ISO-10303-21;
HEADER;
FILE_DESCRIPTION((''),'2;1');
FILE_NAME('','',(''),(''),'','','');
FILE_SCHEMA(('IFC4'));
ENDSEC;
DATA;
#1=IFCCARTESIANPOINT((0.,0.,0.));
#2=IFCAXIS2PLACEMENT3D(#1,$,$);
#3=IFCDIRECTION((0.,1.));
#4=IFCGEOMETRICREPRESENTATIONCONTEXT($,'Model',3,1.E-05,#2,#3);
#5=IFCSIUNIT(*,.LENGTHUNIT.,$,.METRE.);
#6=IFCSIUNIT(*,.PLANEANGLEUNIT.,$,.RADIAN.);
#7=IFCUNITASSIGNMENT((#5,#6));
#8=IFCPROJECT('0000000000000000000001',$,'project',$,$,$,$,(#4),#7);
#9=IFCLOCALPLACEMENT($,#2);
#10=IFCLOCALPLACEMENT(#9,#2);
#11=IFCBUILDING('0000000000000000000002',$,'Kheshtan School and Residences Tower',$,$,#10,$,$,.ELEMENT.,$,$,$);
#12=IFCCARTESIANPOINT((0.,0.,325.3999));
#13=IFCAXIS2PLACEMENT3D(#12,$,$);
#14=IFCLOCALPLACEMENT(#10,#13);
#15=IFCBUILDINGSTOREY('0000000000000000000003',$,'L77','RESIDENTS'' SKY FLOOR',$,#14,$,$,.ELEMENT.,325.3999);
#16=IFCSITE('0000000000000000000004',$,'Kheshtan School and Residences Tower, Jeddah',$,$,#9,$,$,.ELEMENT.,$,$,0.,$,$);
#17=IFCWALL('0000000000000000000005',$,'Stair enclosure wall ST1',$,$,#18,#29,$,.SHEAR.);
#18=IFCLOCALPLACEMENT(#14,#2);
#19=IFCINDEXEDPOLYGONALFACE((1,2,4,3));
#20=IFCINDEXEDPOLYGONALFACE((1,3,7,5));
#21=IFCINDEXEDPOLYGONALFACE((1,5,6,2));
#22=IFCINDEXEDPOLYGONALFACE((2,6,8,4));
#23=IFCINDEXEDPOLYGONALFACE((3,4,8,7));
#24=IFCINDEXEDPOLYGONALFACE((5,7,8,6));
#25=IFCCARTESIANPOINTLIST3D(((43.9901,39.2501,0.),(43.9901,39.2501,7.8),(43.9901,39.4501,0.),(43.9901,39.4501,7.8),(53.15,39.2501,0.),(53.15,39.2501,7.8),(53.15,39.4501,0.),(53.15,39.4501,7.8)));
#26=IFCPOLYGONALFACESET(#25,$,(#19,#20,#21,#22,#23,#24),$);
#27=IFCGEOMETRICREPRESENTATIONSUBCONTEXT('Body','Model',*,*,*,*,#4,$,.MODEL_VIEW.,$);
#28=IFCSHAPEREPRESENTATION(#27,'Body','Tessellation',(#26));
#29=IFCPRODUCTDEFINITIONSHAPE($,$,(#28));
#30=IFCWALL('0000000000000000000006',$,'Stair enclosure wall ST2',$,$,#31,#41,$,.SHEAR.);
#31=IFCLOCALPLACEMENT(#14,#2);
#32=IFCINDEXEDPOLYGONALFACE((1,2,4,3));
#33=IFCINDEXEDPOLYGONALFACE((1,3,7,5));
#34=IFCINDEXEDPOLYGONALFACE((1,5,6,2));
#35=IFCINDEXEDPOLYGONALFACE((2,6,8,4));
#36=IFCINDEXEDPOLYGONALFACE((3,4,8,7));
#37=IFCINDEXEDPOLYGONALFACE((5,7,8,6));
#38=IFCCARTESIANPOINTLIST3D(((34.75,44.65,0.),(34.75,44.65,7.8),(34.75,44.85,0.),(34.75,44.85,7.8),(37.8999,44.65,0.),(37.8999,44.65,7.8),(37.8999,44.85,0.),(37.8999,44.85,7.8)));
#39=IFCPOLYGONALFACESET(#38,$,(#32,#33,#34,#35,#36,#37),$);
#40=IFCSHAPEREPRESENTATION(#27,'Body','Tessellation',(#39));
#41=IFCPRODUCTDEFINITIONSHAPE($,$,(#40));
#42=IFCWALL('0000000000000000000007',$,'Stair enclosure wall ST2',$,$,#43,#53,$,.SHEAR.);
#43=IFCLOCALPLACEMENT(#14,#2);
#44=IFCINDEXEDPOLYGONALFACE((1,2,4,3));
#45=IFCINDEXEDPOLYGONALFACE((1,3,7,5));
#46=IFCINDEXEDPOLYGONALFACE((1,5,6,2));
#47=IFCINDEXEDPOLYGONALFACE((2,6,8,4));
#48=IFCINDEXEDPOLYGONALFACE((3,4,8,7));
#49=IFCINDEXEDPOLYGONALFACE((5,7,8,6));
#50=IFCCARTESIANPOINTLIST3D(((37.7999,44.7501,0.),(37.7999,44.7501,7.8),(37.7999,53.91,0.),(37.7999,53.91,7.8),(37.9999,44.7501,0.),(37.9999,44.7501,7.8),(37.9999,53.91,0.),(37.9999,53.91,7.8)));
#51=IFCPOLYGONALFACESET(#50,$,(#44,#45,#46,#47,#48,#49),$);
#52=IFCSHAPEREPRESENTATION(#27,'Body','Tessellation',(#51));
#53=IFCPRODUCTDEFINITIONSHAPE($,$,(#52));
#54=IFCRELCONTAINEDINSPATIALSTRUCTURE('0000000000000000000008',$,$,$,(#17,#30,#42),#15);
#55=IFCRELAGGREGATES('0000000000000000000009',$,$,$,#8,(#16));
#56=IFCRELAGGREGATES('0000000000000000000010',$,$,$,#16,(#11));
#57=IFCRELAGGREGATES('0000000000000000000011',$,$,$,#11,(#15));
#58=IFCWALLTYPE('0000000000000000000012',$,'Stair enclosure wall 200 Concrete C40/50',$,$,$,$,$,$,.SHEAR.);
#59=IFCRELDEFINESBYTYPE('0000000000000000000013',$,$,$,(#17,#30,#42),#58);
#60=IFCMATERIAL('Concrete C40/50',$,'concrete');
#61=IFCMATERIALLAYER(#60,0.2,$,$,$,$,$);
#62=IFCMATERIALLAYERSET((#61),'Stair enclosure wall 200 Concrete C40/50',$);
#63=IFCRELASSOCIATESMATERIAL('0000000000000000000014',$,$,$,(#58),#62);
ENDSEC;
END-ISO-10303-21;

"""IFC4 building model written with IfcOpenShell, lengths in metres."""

from ifc_helpers import new_model, si_unit, direction, frame, frame_2d, origin, place, context, subcontext, project, spatial, rectangle, extrude, material, layer, layer_set, type_object, element, save


model = new_model("IFC4")

# Units and contexts
model_context = context("Model", 3, precision=1e-05, world=origin(), true_north=direction((0.0, 1.0)))
body_context = subcontext(model_context, "Body", "Model", "MODEL_VIEW")
ifc_project = project(units=[si_unit("LENGTHUNIT", "METRE"), si_unit("PLANEANGLEUNIT", "RADIAN")], contexts=[model_context])

# Site, building, storey
site_placement = place(None, origin())
site = spatial("IfcSite", under=ifc_project, at=site_placement, Name="Kheshtan School and Residences Tower, Jeddah", CompositionType="ELEMENT", RefElevation=0.0)
building_placement = place(site_placement, origin())
building = spatial("IfcBuilding", under=site, at=building_placement, Name="Kheshtan School and Residences Tower", CompositionType="ELEMENT")
storey_placement = place(building_placement, frame((0.0, 0.0, 325.3999)))
storey = spatial("IfcBuildingStorey", under=building, at=storey_placement, Name="L77", Description="RESIDENTS' SKY FLOOR", CompositionType="ELEMENT", Elevation=325.3999)

# Walls
ifc_material_1 = material(Name="Concrete C40/50", Category="concrete")
ifc_layer_1 = layer(ifc_material_1, 0.2)
ifc_layer_set_1 = layer_set([ifc_layer_1], Name="Stair enclosure wall 200 Concrete C40/50")
wall_type_1 = type_object("IfcWallType", Name="Stair enclosure wall 200 Concrete C40/50", PredefinedType="SHEAR", material=ifc_layer_set_1)
wall_1_placement = place(storey_placement, frame((43.99, 39.3501, 0.0), z_axis=(0.0, 0.0, 1.0), x_axis=(1.0, 0.0, 0.0)))
element("IfcWall", 1, at=wall_1_placement, inside=storey, type_object=wall_type_1, Name="Stair enclosure wall ST1", PredefinedType="SHEAR", context=body_context, shape_type="SweptSolid", body=[
    extrude(rectangle(XDim=9.1599, YDim=0.2, at=frame_2d((4.5801, 0.0))), origin(), (0.0, 0.0, 1.0), 7.8),
])
wall_2_placement = place(storey_placement, frame((34.75, 44.75, 0.0), z_axis=(0.0, 0.0, 1.0), x_axis=(1.0, 0.0, 0.0)))
element("IfcWall", 2, at=wall_2_placement, inside=storey, type_object=wall_type_1, Name="Stair enclosure wall ST2", PredefinedType="SHEAR", context=body_context, shape_type="SweptSolid", body=[
    extrude(rectangle(XDim=3.1499, YDim=0.2, at=frame_2d((1.575, 0.0))), origin(), (0.0, 0.0, 1.0), 7.8),
])
wall_3_placement = place(storey_placement, frame((37.8999, 44.75, 0.0), z_axis=(0.0, 0.0, 1.0), x_axis=(0.0, 1.0, 0.0)))
element("IfcWall", 3, at=wall_3_placement, inside=storey, type_object=wall_type_1, Name="Stair enclosure wall ST2", PredefinedType="SHEAR", context=body_context, shape_type="SweptSolid", body=[
    extrude(rectangle(XDim=9.1599, YDim=0.2, at=frame_2d((4.5801, 0.0))), origin(), (0.0, 0.0, 1.0), 7.8),
])

save(model, "model.ifc")
